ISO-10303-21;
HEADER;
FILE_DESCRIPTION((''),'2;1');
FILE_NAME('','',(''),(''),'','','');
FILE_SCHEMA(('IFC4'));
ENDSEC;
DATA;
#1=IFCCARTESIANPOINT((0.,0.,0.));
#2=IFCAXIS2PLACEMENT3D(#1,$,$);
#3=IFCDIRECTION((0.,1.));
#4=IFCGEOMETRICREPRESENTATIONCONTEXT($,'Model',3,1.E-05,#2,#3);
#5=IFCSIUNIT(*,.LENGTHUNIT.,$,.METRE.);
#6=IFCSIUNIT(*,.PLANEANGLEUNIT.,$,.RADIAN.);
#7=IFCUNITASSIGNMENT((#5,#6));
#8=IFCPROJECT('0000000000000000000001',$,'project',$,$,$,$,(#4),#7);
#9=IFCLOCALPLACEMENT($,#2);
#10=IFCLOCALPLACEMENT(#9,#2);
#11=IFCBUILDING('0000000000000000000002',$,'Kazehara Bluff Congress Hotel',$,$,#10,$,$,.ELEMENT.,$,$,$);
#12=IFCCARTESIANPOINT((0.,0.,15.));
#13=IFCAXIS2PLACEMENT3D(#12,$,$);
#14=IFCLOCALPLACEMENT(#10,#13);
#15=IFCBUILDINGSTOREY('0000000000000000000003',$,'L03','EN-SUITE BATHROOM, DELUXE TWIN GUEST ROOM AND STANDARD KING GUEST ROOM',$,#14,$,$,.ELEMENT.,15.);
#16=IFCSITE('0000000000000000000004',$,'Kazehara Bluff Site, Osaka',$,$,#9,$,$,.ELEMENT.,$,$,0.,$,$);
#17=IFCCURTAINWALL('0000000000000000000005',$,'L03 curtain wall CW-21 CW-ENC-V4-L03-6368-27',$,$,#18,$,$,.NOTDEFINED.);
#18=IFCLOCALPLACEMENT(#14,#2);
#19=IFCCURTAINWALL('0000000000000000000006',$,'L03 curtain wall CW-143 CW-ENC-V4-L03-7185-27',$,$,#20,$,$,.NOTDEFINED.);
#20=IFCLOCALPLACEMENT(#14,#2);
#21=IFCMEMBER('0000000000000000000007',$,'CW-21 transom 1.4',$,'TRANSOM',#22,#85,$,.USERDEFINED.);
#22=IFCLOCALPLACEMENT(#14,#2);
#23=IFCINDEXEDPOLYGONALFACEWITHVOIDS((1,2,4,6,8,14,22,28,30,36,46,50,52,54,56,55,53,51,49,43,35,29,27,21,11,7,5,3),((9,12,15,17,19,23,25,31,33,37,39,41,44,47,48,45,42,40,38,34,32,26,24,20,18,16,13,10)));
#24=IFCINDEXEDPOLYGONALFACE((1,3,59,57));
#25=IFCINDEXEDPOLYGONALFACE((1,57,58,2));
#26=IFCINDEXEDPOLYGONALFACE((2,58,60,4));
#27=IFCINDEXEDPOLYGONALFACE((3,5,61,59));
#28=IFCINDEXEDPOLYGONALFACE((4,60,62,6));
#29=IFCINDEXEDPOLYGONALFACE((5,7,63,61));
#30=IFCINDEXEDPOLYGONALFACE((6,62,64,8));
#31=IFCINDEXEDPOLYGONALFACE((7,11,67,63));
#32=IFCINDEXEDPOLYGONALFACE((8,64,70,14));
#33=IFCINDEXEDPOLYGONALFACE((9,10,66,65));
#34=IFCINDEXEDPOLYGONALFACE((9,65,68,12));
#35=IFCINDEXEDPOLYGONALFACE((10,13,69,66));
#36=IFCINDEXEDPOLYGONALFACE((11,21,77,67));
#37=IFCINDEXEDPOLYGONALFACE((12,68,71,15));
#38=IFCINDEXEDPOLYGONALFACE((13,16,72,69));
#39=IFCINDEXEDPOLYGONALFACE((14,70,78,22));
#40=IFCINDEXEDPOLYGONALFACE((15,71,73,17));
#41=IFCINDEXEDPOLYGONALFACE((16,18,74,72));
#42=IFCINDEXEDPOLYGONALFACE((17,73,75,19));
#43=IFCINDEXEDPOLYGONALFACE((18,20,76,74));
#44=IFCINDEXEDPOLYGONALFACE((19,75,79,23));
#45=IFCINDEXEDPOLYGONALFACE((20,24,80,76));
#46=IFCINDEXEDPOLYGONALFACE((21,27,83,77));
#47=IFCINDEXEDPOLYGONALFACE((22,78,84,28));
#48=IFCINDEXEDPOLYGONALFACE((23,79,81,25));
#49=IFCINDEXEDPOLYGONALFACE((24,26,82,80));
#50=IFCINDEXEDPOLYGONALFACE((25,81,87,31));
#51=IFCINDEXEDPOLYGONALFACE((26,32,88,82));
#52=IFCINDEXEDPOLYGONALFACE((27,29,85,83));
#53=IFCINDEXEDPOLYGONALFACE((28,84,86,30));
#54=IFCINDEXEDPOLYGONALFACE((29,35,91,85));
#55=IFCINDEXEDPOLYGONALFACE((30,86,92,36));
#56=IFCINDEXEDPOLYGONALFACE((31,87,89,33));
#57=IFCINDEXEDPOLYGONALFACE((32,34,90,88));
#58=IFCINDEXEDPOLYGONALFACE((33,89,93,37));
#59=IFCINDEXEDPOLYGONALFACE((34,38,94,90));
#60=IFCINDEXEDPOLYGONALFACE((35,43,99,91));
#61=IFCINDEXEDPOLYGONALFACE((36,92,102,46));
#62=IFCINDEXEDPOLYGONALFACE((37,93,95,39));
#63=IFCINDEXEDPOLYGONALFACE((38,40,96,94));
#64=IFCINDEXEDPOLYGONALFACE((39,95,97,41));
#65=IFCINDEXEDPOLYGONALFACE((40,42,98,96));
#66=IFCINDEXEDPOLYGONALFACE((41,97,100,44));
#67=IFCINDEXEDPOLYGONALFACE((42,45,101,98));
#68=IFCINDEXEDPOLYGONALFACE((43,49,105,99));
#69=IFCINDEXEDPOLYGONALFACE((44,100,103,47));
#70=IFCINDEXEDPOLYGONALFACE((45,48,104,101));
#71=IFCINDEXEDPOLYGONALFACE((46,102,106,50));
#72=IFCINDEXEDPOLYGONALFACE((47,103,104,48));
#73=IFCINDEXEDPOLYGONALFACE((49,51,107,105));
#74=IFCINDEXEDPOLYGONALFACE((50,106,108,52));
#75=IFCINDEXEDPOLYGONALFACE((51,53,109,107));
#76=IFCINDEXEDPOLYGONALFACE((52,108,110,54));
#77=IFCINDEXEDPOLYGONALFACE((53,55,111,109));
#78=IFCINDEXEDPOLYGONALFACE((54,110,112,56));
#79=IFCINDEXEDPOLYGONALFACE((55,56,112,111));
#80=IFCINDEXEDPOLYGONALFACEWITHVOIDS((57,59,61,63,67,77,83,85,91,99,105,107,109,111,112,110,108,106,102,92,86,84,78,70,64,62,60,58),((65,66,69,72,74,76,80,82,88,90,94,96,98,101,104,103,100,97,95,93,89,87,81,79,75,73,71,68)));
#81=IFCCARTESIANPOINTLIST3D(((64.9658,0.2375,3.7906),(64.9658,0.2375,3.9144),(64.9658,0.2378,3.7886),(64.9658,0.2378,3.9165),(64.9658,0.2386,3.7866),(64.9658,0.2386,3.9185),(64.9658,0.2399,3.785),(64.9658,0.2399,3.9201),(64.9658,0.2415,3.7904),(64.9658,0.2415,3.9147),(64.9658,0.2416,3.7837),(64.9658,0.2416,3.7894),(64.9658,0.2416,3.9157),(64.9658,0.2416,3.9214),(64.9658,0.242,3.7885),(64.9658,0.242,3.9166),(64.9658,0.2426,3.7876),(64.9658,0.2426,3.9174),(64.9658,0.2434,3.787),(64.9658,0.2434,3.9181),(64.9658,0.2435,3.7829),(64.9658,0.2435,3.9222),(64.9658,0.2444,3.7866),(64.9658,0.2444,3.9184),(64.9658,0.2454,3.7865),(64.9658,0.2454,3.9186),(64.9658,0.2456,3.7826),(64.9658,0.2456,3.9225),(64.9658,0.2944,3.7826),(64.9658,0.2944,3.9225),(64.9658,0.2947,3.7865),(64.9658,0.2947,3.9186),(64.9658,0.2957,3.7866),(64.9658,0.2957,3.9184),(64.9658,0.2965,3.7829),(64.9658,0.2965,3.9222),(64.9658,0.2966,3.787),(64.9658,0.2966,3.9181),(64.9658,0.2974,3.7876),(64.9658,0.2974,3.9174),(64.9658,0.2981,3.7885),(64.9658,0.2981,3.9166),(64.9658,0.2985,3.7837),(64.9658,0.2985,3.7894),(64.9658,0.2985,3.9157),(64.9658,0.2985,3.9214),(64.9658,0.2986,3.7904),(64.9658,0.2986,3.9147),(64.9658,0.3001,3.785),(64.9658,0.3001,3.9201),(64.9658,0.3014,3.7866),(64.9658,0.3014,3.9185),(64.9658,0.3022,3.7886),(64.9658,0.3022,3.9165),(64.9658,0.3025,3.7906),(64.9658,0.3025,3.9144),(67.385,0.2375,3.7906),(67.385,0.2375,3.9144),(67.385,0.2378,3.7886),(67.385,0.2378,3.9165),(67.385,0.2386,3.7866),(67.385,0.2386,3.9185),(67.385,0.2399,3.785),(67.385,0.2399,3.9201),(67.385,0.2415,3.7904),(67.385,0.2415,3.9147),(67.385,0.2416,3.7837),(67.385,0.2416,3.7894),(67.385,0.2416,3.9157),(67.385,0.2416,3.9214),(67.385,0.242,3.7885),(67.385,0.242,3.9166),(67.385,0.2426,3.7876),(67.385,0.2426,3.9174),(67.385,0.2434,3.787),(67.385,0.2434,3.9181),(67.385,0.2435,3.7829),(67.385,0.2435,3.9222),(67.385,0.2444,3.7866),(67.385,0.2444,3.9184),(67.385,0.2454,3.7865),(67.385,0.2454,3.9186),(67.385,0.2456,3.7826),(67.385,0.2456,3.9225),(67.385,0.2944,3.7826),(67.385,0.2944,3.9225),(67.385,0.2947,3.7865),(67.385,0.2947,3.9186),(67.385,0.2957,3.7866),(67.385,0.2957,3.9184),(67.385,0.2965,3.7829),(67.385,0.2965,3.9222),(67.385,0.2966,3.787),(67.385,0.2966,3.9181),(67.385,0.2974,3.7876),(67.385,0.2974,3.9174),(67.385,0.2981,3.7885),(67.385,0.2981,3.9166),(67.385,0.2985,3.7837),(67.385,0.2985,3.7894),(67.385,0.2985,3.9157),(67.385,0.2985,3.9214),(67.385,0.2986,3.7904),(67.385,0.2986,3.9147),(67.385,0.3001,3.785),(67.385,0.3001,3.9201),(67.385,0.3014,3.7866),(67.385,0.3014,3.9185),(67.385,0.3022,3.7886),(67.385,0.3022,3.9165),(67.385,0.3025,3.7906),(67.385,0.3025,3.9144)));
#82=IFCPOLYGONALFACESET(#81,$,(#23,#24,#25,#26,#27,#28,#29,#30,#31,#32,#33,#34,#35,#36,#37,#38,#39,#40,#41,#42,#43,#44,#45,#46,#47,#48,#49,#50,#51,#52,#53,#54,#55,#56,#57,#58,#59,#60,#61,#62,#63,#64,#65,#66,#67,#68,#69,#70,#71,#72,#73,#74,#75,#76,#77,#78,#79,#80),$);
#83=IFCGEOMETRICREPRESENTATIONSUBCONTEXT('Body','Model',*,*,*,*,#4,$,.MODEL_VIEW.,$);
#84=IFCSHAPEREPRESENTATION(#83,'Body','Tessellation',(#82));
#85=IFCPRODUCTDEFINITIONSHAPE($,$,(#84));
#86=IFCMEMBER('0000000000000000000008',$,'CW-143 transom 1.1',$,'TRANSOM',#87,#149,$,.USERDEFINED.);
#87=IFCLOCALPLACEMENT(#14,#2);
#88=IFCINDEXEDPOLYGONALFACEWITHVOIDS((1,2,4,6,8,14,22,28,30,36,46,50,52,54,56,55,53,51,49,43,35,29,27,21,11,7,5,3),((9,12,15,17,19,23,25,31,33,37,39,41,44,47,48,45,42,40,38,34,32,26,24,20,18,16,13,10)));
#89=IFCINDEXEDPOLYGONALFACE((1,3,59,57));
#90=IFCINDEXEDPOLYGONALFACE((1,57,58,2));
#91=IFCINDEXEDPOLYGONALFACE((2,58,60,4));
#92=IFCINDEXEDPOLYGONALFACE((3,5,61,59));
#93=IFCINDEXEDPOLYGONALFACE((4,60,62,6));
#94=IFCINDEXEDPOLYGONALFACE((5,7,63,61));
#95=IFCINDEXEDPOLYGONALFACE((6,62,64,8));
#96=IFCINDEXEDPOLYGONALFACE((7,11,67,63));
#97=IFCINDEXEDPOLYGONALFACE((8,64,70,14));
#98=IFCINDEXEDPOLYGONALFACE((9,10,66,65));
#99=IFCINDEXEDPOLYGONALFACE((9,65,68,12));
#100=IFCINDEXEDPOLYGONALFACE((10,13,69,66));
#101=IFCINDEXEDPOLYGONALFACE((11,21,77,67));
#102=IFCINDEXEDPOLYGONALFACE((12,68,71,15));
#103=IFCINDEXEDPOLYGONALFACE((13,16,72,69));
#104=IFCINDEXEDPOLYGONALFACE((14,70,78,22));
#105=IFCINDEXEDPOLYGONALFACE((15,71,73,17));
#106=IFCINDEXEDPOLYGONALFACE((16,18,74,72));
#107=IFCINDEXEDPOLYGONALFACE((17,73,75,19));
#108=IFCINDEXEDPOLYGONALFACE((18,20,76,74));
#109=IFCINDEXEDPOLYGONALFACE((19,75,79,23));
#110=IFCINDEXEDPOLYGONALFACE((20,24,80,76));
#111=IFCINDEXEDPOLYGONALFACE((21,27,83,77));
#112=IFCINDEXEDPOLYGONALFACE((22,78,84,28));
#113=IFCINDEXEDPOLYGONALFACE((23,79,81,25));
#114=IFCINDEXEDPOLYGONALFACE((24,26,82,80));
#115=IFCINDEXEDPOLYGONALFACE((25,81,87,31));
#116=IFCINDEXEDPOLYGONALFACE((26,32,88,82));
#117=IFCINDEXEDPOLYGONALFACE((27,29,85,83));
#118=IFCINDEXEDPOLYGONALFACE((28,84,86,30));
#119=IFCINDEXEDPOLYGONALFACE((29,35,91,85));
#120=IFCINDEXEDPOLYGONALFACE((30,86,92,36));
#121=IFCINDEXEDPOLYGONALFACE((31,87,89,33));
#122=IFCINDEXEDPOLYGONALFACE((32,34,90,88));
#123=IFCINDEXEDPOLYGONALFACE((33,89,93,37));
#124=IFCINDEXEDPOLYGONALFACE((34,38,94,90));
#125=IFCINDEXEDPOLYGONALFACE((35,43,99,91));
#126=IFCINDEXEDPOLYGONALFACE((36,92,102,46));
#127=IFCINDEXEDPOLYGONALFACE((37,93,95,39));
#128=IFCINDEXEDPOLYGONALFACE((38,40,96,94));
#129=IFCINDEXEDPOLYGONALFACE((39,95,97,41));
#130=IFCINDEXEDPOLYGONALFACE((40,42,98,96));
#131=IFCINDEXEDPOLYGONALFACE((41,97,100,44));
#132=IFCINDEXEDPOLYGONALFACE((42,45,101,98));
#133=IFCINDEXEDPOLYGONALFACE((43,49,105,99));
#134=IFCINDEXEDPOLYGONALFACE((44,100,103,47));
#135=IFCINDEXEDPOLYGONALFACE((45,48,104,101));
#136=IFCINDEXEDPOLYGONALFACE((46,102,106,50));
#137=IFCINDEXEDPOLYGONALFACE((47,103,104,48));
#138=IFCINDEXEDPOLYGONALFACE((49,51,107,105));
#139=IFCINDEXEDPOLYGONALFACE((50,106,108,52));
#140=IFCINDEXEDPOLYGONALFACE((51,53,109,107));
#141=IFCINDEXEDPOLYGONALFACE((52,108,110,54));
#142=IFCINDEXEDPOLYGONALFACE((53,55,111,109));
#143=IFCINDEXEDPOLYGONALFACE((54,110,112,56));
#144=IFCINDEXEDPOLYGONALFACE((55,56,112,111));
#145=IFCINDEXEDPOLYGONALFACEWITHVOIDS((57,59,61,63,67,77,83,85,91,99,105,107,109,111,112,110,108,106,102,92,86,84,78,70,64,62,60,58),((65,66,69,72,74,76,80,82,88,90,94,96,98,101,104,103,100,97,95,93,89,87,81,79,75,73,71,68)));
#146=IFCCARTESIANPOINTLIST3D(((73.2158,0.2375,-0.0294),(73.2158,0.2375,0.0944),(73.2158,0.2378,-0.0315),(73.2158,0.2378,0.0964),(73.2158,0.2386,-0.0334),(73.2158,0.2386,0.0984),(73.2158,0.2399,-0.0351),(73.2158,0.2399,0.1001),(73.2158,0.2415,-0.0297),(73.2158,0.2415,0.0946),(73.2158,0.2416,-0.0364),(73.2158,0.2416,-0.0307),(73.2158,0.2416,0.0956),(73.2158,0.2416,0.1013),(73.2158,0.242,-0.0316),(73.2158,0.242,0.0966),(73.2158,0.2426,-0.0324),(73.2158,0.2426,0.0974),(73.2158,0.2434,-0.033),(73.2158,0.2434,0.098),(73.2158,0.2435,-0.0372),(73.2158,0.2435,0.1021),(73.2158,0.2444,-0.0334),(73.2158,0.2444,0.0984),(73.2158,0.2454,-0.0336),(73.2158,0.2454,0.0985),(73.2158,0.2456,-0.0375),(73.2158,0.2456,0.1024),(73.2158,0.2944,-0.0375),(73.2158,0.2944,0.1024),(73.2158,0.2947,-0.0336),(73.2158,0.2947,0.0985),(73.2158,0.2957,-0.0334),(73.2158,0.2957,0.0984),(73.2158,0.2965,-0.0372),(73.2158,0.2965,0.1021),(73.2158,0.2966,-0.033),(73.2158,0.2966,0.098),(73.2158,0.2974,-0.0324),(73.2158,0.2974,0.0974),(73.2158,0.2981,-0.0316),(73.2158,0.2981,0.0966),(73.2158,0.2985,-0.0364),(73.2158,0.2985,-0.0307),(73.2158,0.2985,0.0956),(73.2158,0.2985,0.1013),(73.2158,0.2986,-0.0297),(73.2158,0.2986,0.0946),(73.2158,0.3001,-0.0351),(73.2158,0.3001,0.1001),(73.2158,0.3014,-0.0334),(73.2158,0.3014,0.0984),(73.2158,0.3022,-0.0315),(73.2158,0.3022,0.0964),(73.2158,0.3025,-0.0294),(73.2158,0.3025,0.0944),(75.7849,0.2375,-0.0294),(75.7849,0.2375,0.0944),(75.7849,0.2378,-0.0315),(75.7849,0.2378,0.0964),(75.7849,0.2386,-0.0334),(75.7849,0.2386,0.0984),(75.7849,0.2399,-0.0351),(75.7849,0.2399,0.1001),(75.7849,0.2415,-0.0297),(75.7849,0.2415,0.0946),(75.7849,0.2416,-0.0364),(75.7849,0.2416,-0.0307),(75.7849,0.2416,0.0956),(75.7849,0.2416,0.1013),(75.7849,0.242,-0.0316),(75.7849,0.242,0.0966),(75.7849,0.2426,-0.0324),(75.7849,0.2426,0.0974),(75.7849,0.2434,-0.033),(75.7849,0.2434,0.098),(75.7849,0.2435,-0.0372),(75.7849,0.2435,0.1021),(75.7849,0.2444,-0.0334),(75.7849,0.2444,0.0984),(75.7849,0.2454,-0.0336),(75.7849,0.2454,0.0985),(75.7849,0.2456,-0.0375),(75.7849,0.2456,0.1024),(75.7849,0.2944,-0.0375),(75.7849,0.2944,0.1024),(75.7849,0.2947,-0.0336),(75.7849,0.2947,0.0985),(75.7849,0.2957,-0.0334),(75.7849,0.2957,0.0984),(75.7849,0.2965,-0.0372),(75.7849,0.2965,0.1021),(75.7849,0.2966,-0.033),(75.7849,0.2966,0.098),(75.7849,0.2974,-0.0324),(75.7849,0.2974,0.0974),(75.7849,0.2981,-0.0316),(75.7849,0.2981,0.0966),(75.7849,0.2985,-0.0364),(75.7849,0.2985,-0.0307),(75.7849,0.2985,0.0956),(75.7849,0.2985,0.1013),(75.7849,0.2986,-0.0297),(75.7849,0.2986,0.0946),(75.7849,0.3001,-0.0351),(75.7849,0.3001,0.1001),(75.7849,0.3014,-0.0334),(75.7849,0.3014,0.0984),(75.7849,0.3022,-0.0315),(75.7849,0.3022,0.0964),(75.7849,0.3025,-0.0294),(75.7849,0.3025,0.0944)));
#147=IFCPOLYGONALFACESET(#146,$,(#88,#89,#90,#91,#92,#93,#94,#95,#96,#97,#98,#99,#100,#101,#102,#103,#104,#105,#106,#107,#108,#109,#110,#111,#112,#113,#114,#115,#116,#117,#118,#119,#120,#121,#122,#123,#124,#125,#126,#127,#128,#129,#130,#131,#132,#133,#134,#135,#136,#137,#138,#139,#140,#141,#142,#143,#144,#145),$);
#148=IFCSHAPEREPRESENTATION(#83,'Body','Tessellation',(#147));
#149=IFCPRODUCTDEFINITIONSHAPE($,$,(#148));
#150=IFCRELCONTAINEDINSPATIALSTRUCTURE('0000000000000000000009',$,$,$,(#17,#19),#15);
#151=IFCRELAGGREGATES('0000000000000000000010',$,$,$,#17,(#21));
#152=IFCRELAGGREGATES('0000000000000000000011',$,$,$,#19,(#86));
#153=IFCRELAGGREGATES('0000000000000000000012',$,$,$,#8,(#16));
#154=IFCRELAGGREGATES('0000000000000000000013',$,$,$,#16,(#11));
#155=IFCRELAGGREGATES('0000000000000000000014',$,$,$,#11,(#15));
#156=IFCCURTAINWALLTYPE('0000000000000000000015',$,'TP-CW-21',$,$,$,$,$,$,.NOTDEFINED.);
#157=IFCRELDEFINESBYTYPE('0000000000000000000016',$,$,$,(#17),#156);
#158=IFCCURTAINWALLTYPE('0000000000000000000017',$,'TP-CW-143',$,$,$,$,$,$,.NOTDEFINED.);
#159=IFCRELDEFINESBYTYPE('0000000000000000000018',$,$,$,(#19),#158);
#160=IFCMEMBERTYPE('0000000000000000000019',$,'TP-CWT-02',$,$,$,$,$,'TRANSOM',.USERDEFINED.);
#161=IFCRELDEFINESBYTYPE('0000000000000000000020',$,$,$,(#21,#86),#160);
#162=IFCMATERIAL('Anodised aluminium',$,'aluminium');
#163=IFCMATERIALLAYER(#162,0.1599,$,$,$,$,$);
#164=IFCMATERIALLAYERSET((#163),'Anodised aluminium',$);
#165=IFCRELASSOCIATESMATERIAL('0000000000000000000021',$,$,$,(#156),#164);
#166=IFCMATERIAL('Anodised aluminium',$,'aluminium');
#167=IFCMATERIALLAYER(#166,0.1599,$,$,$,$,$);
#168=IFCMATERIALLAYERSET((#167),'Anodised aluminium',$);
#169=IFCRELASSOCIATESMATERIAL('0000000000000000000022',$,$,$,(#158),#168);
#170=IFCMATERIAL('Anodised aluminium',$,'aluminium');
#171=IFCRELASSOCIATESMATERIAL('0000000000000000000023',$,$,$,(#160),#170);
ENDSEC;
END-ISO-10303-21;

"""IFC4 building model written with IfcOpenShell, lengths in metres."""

from ifc_helpers import new_model, si_unit, direction, frame, origin, origin_2d, place, context, subcontext, project, spatial, hollow_rectangle, extrude, material, layer, layer_set, material_profile, profile_set, type_object, element, aggregate, save


model = new_model("IFC4")

# Units and contexts
model_context = context("Model", 3, precision=1e-05, world=origin(), true_north=direction((0.0, 1.0)))
body_context = subcontext(model_context, "Body", "Model", "MODEL_VIEW")
ifc_project = project(units=[si_unit("LENGTHUNIT", "METRE"), si_unit("PLANEANGLEUNIT", "RADIAN")], contexts=[model_context])

# Site, building, storey
site_placement = place(None, origin())
site = spatial("IfcSite", under=ifc_project, at=site_placement, Name="Kazehara Bluff Site, Osaka", CompositionType="ELEMENT", RefElevation=0.0)
building_placement = place(site_placement, origin())
building = spatial("IfcBuilding", under=site, at=building_placement, Name="Kazehara Bluff Congress Hotel", CompositionType="ELEMENT")
storey_placement = place(building_placement, frame((0.0, 0.0, 15.0)))
storey = spatial("IfcBuildingStorey", under=building, at=storey_placement, Name="L03", Description="EN-SUITE BATHROOM, DELUXE TWIN GUEST ROOM AND STANDARD KING GUEST ROOM", CompositionType="ELEMENT", Elevation=15.0)

# Curtain wall
ifc_material_1 = material(Name="Anodised aluminium", Category="aluminium")
ifc_layer_1 = layer(ifc_material_1, 0.1599)
ifc_layer_set_1 = layer_set([ifc_layer_1], Name="Anodised aluminium")
curtain_wall_type_1 = type_object("IfcCurtainWallType", Name="TP-CW-21", PredefinedType="NOTDEFINED", material=ifc_layer_set_1)
curtain_wall_1_placement = place(storey_placement, origin())
curtain_wall_1 = element("IfcCurtainWall", 1, at=curtain_wall_1_placement, inside=storey, type_object=curtain_wall_type_1, Name="L03 curtain wall CW-21 CW-ENC-V4-L03-6368-27", PredefinedType="NOTDEFINED")

# Curtain wall
ifc_material_2 = material(Name="Anodised aluminium", Category="aluminium")
ifc_layer_2 = layer(ifc_material_2, 0.1599)
ifc_layer_set_2 = layer_set([ifc_layer_2], Name="Anodised aluminium")
curtain_wall_type_2 = type_object("IfcCurtainWallType", Name="TP-CW-143", PredefinedType="NOTDEFINED", material=ifc_layer_set_2)
curtain_wall_2_placement = place(storey_placement, origin())
curtain_wall_2 = element("IfcCurtainWall", 2, at=curtain_wall_2_placement, inside=storey, type_object=curtain_wall_type_2, Name="L03 curtain wall CW-143 CW-ENC-V4-L03-7185-27", PredefinedType="NOTDEFINED")

# Members
ifc_material_3 = material(Name="Anodised aluminium", Category="aluminium")
ifc_material_profile_1 = material_profile(ifc_material_3, hollow_rectangle(XDim=0.0649, YDim=0.1399, WallThickness=0.0039, InnerFilletRadius=0.0039, OuterFilletRadius=0.0081, at=origin_2d()))
ifc_profile_set_1 = profile_set([ifc_material_profile_1], Name="Anodised aluminium")
member_type_1 = type_object("IfcMemberType", Name="TP-CWT-02", ElementType="TRANSOM", PredefinedType="USERDEFINED", material=ifc_profile_set_1)
member_1_placement = place(storey_placement, frame((67.385, 0.27, 3.8525), z_axis=(-1.0, 0.0, 0.0), x_axis=(0.0, -1.0, 0.0)))
member_1 = element("IfcMember", 3, at=member_1_placement, type_object=member_type_1, Name="CW-21 transom 1.4", ObjectType="TRANSOM", PredefinedType="USERDEFINED", context=body_context, shape_type="SweptSolid", body=[
    extrude(hollow_rectangle(XDim=0.0649, YDim=0.1399, WallThickness=0.0039, InnerFilletRadius=0.0039, OuterFilletRadius=0.0081, at=origin_2d()), origin(), (0.0, 0.0, 1.0), 2.4192),
])
aggregate(curtain_wall_1, [member_1])
member_2_placement = place(storey_placement, frame((75.7849, 0.27, 0.0325), z_axis=(-1.0, 0.0, 0.0), x_axis=(0.0, -1.0, 0.0)))
member_2 = element("IfcMember", 4, at=member_2_placement, type_object=member_type_1, Name="CW-143 transom 1.1", ObjectType="TRANSOM", PredefinedType="USERDEFINED", context=body_context, shape_type="SweptSolid", body=[
    extrude(hollow_rectangle(XDim=0.0649, YDim=0.1399, WallThickness=0.0039, InnerFilletRadius=0.0039, OuterFilletRadius=0.0081, at=origin_2d()), origin(), (0.0, 0.0, 1.0), 2.5691),
])

aggregate(curtain_wall_2, [member_2])

save(model, "model.ifc")
